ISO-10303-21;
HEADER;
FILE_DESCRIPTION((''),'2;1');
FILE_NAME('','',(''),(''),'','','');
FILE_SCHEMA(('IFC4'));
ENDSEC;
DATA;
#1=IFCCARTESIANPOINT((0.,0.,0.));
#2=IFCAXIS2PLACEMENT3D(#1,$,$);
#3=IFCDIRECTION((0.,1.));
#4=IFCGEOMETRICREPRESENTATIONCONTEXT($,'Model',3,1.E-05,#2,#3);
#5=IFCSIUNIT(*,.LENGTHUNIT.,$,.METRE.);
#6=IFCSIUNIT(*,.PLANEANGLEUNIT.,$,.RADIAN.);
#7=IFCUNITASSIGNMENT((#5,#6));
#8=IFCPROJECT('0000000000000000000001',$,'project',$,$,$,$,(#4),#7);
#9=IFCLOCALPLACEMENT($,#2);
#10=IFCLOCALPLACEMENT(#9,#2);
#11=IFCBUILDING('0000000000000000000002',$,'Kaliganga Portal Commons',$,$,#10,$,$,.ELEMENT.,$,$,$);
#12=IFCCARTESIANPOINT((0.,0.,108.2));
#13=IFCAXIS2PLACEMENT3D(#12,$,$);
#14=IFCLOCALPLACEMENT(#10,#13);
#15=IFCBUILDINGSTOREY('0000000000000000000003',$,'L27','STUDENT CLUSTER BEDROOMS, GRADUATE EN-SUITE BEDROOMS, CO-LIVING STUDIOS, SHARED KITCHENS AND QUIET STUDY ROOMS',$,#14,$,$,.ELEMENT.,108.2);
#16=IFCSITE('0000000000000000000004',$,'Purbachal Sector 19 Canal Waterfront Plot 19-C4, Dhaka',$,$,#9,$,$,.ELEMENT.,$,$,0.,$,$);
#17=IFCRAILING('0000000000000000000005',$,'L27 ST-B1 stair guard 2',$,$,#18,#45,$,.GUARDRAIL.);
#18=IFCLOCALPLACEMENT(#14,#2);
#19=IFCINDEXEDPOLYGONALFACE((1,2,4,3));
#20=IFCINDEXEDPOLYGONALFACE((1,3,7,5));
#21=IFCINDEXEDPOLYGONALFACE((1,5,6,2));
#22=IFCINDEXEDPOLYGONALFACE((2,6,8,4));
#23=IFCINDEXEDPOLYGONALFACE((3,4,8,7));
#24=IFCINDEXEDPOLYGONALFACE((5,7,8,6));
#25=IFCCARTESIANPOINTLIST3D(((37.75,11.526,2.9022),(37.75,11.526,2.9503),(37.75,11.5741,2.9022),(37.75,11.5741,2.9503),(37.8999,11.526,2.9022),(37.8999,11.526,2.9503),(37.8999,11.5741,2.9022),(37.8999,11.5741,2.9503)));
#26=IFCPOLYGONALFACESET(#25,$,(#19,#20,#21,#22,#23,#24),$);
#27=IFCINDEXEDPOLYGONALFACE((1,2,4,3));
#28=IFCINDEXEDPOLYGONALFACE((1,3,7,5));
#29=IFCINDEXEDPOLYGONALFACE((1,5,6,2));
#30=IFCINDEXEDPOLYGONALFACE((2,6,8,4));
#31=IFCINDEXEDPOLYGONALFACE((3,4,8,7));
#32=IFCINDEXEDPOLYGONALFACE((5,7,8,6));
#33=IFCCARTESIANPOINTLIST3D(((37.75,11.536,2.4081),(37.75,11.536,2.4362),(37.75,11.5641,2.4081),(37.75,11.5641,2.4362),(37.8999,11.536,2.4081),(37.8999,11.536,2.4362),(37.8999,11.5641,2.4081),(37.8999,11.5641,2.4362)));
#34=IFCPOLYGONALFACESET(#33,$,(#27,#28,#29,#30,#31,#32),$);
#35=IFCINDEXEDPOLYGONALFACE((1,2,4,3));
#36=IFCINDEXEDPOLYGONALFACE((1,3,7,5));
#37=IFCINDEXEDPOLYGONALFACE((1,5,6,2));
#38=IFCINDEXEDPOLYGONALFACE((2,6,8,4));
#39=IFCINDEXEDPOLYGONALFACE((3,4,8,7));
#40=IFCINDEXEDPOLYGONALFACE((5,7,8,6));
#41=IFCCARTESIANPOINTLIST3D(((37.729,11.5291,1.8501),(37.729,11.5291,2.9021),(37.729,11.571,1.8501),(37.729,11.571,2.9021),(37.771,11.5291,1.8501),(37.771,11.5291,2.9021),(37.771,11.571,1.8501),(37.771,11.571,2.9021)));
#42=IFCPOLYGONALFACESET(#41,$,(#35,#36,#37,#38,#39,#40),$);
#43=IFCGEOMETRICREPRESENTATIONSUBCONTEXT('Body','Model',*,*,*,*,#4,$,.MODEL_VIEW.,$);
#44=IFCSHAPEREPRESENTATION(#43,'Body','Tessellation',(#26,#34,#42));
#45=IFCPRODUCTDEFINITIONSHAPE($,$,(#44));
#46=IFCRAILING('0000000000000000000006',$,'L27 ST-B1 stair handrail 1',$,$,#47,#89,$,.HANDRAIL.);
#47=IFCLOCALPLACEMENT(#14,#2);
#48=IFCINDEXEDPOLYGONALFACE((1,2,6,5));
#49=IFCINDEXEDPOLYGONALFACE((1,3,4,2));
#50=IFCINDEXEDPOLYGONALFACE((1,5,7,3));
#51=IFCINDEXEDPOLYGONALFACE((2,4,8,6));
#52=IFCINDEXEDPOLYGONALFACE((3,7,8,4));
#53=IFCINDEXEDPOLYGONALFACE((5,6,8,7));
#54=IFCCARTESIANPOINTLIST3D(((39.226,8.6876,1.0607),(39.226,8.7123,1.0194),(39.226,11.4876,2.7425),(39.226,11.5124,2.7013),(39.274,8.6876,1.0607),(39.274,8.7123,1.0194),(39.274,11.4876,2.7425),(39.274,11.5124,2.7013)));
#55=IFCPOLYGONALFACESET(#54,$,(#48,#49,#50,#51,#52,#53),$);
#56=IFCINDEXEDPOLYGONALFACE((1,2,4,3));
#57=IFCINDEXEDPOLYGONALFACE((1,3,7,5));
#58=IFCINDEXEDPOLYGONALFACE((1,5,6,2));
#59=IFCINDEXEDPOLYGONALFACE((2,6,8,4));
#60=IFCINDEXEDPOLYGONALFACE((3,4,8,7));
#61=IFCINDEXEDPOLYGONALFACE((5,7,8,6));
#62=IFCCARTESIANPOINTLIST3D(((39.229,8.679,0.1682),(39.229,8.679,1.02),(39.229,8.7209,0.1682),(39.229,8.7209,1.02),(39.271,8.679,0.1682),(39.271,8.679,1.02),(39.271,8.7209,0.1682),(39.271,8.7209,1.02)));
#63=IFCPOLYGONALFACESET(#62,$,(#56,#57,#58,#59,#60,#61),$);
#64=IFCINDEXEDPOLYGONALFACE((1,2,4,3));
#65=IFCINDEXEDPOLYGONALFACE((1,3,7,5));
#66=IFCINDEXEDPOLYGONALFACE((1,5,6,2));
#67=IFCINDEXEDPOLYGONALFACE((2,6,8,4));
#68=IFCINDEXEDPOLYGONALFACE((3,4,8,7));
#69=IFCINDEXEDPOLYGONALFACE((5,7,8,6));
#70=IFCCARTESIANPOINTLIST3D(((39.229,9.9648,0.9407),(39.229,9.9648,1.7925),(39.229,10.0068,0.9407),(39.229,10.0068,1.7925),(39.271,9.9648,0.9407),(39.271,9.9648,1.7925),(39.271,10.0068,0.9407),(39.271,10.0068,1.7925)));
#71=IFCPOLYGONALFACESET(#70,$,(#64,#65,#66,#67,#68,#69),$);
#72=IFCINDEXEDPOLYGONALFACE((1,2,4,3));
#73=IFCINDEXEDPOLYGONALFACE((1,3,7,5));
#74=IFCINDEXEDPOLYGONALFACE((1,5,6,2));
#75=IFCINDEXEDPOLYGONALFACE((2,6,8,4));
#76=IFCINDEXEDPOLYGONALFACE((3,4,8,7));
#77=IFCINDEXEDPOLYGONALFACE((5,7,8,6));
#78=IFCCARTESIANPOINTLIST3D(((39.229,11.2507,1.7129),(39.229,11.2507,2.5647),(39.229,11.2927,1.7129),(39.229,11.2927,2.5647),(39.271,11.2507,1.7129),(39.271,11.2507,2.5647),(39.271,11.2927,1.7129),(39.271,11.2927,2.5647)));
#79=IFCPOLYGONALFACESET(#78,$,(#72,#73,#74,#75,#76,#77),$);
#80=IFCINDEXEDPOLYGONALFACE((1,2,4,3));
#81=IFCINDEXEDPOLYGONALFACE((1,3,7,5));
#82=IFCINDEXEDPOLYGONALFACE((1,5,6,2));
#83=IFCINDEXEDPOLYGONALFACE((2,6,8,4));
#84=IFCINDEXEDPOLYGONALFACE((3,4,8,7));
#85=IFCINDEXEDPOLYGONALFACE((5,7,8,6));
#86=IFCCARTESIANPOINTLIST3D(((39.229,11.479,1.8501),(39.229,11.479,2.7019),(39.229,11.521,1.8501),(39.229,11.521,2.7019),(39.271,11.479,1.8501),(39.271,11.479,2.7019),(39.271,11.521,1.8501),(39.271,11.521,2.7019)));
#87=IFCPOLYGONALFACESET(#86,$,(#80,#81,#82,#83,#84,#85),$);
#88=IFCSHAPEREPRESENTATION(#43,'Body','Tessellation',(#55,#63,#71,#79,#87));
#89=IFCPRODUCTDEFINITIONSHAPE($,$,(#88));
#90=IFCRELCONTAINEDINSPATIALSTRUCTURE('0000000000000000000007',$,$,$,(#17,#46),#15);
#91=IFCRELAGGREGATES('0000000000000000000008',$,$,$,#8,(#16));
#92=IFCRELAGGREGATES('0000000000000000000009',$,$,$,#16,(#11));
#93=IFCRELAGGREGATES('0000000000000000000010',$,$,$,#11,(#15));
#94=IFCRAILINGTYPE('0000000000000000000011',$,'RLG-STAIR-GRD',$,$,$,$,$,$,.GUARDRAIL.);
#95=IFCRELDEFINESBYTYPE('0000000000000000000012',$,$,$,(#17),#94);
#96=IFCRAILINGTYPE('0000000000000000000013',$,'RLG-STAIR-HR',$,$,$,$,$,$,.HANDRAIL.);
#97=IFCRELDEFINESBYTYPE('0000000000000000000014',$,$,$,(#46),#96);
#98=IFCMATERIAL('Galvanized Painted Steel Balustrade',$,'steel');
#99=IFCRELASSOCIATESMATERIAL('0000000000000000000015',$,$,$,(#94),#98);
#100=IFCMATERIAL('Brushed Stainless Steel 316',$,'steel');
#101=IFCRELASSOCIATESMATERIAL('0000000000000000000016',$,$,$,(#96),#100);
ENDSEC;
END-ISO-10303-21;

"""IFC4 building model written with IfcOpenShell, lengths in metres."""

from ifc_helpers import new_model, si_unit, direction, frame, origin, origin_2d, place, context, subcontext, project, spatial, rectangle, extrude, material, type_object, element, save


model = new_model("IFC4")

# Units and contexts
model_context = context("Model", 3, precision=1e-05, world=origin(), true_north=direction((0.0, 1.0)))
body_context = subcontext(model_context, "Body", "Model", "MODEL_VIEW")
ifc_project = project(units=[si_unit("LENGTHUNIT", "METRE"), si_unit("PLANEANGLEUNIT", "RADIAN")], contexts=[model_context])

# Site, building, storey
site_placement = place(None, origin())
site = spatial("IfcSite", under=ifc_project, at=site_placement, Name="Purbachal Sector 19 Canal Waterfront Plot 19-C4, Dhaka", CompositionType="ELEMENT", RefElevation=0.0)
building_placement = place(site_placement, origin())
building = spatial("IfcBuilding", under=site, at=building_placement, Name="Kaliganga Portal Commons", CompositionType="ELEMENT")
storey_placement = place(building_placement, frame((0.0, 0.0, 108.2)))
storey = spatial("IfcBuildingStorey", under=building, at=storey_placement, Name="L27", Description="STUDENT CLUSTER BEDROOMS, GRADUATE EN-SUITE BEDROOMS, CO-LIVING STUDIOS, SHARED KITCHENS AND QUIET STUDY ROOMS", CompositionType="ELEMENT", Elevation=108.2)

# Railings
ifc_material_1 = material(Name="Galvanized Painted Steel Balustrade", Category="steel")
railing_type_1 = type_object("IfcRailingType", Name="RLG-STAIR-GRD", PredefinedType="GUARDRAIL", material=ifc_material_1)
railing_1_placement = place(storey_placement, frame((37.8999, 11.55, 1.8501)))
element("IfcRailing", 1, at=railing_1_placement, inside=storey, type_object=railing_type_1, Name="L27 ST-B1 stair guard 2", PredefinedType="GUARDRAIL", context=body_context, shape_type="SweptSolid", body=[
    extrude(rectangle(XDim=0.0481, YDim=0.0481, at=origin_2d()), frame((0.0, 0.0, 1.0762), z_axis=(-1.0, 0.0, 0.0), x_axis=(0.0, -1.0, 0.0)), (0.0, 0.0, 1.0), 0.1499),
    extrude(rectangle(XDim=0.0281, YDim=0.0281, at=origin_2d()), frame((0.0, 0.0, 0.572), z_axis=(-1.0, 0.0, 0.0), x_axis=(0.0, -1.0, 0.0)), (0.0, 0.0, 1.0), 0.1499),
    extrude(rectangle(XDim=0.042, YDim=0.042, at=origin_2d()), frame((-0.1499, 0.0, 0.0)), (0.0, 0.0, 1.0), 1.052),
])
ifc_material_2 = material(Name="Brushed Stainless Steel 316", Category="steel")
railing_type_2 = type_object("IfcRailingType", Name="RLG-STAIR-HR", PredefinedType="HANDRAIL", material=ifc_material_2)
railing_2_placement = place(storey_placement, frame((39.25, 8.7, 0.1682)))
element("IfcRailing", 2, at=railing_2_placement, inside=storey, type_object=railing_type_2, Name="L27 ST-B1 stair handrail 1", PredefinedType="HANDRAIL", context=body_context, shape_type="SweptSolid", body=[
    extrude(rectangle(XDim=0.0481, YDim=0.0481, at=origin_2d()), frame((0.0, 0.0, 0.8718), z_axis=(0.0, 0.857242, 0.514913), x_axis=(-1.0, 0.0, 0.0)), (0.0, 0.0, 1.0), 3.2664),
    extrude(rectangle(XDim=0.042, YDim=0.042, at=origin_2d()), origin(), (0.0, 0.0, 1.0), 0.8518),
    extrude(rectangle(XDim=0.042, YDim=0.042, at=origin_2d()), frame((0.0, 1.2859, 0.7725)), (0.0, 0.0, 1.0), 0.8518),
    extrude(rectangle(XDim=0.042, YDim=0.042, at=origin_2d()), frame((0.0, 2.5718, 1.5447)), (0.0, 0.0, 1.0), 0.8518),
    extrude(rectangle(XDim=0.042, YDim=0.042, at=origin_2d()), frame((0.0, 2.8, 1.6819)), (0.0, 0.0, 1.0), 0.8518),
])

save(model, "model.ifc")
